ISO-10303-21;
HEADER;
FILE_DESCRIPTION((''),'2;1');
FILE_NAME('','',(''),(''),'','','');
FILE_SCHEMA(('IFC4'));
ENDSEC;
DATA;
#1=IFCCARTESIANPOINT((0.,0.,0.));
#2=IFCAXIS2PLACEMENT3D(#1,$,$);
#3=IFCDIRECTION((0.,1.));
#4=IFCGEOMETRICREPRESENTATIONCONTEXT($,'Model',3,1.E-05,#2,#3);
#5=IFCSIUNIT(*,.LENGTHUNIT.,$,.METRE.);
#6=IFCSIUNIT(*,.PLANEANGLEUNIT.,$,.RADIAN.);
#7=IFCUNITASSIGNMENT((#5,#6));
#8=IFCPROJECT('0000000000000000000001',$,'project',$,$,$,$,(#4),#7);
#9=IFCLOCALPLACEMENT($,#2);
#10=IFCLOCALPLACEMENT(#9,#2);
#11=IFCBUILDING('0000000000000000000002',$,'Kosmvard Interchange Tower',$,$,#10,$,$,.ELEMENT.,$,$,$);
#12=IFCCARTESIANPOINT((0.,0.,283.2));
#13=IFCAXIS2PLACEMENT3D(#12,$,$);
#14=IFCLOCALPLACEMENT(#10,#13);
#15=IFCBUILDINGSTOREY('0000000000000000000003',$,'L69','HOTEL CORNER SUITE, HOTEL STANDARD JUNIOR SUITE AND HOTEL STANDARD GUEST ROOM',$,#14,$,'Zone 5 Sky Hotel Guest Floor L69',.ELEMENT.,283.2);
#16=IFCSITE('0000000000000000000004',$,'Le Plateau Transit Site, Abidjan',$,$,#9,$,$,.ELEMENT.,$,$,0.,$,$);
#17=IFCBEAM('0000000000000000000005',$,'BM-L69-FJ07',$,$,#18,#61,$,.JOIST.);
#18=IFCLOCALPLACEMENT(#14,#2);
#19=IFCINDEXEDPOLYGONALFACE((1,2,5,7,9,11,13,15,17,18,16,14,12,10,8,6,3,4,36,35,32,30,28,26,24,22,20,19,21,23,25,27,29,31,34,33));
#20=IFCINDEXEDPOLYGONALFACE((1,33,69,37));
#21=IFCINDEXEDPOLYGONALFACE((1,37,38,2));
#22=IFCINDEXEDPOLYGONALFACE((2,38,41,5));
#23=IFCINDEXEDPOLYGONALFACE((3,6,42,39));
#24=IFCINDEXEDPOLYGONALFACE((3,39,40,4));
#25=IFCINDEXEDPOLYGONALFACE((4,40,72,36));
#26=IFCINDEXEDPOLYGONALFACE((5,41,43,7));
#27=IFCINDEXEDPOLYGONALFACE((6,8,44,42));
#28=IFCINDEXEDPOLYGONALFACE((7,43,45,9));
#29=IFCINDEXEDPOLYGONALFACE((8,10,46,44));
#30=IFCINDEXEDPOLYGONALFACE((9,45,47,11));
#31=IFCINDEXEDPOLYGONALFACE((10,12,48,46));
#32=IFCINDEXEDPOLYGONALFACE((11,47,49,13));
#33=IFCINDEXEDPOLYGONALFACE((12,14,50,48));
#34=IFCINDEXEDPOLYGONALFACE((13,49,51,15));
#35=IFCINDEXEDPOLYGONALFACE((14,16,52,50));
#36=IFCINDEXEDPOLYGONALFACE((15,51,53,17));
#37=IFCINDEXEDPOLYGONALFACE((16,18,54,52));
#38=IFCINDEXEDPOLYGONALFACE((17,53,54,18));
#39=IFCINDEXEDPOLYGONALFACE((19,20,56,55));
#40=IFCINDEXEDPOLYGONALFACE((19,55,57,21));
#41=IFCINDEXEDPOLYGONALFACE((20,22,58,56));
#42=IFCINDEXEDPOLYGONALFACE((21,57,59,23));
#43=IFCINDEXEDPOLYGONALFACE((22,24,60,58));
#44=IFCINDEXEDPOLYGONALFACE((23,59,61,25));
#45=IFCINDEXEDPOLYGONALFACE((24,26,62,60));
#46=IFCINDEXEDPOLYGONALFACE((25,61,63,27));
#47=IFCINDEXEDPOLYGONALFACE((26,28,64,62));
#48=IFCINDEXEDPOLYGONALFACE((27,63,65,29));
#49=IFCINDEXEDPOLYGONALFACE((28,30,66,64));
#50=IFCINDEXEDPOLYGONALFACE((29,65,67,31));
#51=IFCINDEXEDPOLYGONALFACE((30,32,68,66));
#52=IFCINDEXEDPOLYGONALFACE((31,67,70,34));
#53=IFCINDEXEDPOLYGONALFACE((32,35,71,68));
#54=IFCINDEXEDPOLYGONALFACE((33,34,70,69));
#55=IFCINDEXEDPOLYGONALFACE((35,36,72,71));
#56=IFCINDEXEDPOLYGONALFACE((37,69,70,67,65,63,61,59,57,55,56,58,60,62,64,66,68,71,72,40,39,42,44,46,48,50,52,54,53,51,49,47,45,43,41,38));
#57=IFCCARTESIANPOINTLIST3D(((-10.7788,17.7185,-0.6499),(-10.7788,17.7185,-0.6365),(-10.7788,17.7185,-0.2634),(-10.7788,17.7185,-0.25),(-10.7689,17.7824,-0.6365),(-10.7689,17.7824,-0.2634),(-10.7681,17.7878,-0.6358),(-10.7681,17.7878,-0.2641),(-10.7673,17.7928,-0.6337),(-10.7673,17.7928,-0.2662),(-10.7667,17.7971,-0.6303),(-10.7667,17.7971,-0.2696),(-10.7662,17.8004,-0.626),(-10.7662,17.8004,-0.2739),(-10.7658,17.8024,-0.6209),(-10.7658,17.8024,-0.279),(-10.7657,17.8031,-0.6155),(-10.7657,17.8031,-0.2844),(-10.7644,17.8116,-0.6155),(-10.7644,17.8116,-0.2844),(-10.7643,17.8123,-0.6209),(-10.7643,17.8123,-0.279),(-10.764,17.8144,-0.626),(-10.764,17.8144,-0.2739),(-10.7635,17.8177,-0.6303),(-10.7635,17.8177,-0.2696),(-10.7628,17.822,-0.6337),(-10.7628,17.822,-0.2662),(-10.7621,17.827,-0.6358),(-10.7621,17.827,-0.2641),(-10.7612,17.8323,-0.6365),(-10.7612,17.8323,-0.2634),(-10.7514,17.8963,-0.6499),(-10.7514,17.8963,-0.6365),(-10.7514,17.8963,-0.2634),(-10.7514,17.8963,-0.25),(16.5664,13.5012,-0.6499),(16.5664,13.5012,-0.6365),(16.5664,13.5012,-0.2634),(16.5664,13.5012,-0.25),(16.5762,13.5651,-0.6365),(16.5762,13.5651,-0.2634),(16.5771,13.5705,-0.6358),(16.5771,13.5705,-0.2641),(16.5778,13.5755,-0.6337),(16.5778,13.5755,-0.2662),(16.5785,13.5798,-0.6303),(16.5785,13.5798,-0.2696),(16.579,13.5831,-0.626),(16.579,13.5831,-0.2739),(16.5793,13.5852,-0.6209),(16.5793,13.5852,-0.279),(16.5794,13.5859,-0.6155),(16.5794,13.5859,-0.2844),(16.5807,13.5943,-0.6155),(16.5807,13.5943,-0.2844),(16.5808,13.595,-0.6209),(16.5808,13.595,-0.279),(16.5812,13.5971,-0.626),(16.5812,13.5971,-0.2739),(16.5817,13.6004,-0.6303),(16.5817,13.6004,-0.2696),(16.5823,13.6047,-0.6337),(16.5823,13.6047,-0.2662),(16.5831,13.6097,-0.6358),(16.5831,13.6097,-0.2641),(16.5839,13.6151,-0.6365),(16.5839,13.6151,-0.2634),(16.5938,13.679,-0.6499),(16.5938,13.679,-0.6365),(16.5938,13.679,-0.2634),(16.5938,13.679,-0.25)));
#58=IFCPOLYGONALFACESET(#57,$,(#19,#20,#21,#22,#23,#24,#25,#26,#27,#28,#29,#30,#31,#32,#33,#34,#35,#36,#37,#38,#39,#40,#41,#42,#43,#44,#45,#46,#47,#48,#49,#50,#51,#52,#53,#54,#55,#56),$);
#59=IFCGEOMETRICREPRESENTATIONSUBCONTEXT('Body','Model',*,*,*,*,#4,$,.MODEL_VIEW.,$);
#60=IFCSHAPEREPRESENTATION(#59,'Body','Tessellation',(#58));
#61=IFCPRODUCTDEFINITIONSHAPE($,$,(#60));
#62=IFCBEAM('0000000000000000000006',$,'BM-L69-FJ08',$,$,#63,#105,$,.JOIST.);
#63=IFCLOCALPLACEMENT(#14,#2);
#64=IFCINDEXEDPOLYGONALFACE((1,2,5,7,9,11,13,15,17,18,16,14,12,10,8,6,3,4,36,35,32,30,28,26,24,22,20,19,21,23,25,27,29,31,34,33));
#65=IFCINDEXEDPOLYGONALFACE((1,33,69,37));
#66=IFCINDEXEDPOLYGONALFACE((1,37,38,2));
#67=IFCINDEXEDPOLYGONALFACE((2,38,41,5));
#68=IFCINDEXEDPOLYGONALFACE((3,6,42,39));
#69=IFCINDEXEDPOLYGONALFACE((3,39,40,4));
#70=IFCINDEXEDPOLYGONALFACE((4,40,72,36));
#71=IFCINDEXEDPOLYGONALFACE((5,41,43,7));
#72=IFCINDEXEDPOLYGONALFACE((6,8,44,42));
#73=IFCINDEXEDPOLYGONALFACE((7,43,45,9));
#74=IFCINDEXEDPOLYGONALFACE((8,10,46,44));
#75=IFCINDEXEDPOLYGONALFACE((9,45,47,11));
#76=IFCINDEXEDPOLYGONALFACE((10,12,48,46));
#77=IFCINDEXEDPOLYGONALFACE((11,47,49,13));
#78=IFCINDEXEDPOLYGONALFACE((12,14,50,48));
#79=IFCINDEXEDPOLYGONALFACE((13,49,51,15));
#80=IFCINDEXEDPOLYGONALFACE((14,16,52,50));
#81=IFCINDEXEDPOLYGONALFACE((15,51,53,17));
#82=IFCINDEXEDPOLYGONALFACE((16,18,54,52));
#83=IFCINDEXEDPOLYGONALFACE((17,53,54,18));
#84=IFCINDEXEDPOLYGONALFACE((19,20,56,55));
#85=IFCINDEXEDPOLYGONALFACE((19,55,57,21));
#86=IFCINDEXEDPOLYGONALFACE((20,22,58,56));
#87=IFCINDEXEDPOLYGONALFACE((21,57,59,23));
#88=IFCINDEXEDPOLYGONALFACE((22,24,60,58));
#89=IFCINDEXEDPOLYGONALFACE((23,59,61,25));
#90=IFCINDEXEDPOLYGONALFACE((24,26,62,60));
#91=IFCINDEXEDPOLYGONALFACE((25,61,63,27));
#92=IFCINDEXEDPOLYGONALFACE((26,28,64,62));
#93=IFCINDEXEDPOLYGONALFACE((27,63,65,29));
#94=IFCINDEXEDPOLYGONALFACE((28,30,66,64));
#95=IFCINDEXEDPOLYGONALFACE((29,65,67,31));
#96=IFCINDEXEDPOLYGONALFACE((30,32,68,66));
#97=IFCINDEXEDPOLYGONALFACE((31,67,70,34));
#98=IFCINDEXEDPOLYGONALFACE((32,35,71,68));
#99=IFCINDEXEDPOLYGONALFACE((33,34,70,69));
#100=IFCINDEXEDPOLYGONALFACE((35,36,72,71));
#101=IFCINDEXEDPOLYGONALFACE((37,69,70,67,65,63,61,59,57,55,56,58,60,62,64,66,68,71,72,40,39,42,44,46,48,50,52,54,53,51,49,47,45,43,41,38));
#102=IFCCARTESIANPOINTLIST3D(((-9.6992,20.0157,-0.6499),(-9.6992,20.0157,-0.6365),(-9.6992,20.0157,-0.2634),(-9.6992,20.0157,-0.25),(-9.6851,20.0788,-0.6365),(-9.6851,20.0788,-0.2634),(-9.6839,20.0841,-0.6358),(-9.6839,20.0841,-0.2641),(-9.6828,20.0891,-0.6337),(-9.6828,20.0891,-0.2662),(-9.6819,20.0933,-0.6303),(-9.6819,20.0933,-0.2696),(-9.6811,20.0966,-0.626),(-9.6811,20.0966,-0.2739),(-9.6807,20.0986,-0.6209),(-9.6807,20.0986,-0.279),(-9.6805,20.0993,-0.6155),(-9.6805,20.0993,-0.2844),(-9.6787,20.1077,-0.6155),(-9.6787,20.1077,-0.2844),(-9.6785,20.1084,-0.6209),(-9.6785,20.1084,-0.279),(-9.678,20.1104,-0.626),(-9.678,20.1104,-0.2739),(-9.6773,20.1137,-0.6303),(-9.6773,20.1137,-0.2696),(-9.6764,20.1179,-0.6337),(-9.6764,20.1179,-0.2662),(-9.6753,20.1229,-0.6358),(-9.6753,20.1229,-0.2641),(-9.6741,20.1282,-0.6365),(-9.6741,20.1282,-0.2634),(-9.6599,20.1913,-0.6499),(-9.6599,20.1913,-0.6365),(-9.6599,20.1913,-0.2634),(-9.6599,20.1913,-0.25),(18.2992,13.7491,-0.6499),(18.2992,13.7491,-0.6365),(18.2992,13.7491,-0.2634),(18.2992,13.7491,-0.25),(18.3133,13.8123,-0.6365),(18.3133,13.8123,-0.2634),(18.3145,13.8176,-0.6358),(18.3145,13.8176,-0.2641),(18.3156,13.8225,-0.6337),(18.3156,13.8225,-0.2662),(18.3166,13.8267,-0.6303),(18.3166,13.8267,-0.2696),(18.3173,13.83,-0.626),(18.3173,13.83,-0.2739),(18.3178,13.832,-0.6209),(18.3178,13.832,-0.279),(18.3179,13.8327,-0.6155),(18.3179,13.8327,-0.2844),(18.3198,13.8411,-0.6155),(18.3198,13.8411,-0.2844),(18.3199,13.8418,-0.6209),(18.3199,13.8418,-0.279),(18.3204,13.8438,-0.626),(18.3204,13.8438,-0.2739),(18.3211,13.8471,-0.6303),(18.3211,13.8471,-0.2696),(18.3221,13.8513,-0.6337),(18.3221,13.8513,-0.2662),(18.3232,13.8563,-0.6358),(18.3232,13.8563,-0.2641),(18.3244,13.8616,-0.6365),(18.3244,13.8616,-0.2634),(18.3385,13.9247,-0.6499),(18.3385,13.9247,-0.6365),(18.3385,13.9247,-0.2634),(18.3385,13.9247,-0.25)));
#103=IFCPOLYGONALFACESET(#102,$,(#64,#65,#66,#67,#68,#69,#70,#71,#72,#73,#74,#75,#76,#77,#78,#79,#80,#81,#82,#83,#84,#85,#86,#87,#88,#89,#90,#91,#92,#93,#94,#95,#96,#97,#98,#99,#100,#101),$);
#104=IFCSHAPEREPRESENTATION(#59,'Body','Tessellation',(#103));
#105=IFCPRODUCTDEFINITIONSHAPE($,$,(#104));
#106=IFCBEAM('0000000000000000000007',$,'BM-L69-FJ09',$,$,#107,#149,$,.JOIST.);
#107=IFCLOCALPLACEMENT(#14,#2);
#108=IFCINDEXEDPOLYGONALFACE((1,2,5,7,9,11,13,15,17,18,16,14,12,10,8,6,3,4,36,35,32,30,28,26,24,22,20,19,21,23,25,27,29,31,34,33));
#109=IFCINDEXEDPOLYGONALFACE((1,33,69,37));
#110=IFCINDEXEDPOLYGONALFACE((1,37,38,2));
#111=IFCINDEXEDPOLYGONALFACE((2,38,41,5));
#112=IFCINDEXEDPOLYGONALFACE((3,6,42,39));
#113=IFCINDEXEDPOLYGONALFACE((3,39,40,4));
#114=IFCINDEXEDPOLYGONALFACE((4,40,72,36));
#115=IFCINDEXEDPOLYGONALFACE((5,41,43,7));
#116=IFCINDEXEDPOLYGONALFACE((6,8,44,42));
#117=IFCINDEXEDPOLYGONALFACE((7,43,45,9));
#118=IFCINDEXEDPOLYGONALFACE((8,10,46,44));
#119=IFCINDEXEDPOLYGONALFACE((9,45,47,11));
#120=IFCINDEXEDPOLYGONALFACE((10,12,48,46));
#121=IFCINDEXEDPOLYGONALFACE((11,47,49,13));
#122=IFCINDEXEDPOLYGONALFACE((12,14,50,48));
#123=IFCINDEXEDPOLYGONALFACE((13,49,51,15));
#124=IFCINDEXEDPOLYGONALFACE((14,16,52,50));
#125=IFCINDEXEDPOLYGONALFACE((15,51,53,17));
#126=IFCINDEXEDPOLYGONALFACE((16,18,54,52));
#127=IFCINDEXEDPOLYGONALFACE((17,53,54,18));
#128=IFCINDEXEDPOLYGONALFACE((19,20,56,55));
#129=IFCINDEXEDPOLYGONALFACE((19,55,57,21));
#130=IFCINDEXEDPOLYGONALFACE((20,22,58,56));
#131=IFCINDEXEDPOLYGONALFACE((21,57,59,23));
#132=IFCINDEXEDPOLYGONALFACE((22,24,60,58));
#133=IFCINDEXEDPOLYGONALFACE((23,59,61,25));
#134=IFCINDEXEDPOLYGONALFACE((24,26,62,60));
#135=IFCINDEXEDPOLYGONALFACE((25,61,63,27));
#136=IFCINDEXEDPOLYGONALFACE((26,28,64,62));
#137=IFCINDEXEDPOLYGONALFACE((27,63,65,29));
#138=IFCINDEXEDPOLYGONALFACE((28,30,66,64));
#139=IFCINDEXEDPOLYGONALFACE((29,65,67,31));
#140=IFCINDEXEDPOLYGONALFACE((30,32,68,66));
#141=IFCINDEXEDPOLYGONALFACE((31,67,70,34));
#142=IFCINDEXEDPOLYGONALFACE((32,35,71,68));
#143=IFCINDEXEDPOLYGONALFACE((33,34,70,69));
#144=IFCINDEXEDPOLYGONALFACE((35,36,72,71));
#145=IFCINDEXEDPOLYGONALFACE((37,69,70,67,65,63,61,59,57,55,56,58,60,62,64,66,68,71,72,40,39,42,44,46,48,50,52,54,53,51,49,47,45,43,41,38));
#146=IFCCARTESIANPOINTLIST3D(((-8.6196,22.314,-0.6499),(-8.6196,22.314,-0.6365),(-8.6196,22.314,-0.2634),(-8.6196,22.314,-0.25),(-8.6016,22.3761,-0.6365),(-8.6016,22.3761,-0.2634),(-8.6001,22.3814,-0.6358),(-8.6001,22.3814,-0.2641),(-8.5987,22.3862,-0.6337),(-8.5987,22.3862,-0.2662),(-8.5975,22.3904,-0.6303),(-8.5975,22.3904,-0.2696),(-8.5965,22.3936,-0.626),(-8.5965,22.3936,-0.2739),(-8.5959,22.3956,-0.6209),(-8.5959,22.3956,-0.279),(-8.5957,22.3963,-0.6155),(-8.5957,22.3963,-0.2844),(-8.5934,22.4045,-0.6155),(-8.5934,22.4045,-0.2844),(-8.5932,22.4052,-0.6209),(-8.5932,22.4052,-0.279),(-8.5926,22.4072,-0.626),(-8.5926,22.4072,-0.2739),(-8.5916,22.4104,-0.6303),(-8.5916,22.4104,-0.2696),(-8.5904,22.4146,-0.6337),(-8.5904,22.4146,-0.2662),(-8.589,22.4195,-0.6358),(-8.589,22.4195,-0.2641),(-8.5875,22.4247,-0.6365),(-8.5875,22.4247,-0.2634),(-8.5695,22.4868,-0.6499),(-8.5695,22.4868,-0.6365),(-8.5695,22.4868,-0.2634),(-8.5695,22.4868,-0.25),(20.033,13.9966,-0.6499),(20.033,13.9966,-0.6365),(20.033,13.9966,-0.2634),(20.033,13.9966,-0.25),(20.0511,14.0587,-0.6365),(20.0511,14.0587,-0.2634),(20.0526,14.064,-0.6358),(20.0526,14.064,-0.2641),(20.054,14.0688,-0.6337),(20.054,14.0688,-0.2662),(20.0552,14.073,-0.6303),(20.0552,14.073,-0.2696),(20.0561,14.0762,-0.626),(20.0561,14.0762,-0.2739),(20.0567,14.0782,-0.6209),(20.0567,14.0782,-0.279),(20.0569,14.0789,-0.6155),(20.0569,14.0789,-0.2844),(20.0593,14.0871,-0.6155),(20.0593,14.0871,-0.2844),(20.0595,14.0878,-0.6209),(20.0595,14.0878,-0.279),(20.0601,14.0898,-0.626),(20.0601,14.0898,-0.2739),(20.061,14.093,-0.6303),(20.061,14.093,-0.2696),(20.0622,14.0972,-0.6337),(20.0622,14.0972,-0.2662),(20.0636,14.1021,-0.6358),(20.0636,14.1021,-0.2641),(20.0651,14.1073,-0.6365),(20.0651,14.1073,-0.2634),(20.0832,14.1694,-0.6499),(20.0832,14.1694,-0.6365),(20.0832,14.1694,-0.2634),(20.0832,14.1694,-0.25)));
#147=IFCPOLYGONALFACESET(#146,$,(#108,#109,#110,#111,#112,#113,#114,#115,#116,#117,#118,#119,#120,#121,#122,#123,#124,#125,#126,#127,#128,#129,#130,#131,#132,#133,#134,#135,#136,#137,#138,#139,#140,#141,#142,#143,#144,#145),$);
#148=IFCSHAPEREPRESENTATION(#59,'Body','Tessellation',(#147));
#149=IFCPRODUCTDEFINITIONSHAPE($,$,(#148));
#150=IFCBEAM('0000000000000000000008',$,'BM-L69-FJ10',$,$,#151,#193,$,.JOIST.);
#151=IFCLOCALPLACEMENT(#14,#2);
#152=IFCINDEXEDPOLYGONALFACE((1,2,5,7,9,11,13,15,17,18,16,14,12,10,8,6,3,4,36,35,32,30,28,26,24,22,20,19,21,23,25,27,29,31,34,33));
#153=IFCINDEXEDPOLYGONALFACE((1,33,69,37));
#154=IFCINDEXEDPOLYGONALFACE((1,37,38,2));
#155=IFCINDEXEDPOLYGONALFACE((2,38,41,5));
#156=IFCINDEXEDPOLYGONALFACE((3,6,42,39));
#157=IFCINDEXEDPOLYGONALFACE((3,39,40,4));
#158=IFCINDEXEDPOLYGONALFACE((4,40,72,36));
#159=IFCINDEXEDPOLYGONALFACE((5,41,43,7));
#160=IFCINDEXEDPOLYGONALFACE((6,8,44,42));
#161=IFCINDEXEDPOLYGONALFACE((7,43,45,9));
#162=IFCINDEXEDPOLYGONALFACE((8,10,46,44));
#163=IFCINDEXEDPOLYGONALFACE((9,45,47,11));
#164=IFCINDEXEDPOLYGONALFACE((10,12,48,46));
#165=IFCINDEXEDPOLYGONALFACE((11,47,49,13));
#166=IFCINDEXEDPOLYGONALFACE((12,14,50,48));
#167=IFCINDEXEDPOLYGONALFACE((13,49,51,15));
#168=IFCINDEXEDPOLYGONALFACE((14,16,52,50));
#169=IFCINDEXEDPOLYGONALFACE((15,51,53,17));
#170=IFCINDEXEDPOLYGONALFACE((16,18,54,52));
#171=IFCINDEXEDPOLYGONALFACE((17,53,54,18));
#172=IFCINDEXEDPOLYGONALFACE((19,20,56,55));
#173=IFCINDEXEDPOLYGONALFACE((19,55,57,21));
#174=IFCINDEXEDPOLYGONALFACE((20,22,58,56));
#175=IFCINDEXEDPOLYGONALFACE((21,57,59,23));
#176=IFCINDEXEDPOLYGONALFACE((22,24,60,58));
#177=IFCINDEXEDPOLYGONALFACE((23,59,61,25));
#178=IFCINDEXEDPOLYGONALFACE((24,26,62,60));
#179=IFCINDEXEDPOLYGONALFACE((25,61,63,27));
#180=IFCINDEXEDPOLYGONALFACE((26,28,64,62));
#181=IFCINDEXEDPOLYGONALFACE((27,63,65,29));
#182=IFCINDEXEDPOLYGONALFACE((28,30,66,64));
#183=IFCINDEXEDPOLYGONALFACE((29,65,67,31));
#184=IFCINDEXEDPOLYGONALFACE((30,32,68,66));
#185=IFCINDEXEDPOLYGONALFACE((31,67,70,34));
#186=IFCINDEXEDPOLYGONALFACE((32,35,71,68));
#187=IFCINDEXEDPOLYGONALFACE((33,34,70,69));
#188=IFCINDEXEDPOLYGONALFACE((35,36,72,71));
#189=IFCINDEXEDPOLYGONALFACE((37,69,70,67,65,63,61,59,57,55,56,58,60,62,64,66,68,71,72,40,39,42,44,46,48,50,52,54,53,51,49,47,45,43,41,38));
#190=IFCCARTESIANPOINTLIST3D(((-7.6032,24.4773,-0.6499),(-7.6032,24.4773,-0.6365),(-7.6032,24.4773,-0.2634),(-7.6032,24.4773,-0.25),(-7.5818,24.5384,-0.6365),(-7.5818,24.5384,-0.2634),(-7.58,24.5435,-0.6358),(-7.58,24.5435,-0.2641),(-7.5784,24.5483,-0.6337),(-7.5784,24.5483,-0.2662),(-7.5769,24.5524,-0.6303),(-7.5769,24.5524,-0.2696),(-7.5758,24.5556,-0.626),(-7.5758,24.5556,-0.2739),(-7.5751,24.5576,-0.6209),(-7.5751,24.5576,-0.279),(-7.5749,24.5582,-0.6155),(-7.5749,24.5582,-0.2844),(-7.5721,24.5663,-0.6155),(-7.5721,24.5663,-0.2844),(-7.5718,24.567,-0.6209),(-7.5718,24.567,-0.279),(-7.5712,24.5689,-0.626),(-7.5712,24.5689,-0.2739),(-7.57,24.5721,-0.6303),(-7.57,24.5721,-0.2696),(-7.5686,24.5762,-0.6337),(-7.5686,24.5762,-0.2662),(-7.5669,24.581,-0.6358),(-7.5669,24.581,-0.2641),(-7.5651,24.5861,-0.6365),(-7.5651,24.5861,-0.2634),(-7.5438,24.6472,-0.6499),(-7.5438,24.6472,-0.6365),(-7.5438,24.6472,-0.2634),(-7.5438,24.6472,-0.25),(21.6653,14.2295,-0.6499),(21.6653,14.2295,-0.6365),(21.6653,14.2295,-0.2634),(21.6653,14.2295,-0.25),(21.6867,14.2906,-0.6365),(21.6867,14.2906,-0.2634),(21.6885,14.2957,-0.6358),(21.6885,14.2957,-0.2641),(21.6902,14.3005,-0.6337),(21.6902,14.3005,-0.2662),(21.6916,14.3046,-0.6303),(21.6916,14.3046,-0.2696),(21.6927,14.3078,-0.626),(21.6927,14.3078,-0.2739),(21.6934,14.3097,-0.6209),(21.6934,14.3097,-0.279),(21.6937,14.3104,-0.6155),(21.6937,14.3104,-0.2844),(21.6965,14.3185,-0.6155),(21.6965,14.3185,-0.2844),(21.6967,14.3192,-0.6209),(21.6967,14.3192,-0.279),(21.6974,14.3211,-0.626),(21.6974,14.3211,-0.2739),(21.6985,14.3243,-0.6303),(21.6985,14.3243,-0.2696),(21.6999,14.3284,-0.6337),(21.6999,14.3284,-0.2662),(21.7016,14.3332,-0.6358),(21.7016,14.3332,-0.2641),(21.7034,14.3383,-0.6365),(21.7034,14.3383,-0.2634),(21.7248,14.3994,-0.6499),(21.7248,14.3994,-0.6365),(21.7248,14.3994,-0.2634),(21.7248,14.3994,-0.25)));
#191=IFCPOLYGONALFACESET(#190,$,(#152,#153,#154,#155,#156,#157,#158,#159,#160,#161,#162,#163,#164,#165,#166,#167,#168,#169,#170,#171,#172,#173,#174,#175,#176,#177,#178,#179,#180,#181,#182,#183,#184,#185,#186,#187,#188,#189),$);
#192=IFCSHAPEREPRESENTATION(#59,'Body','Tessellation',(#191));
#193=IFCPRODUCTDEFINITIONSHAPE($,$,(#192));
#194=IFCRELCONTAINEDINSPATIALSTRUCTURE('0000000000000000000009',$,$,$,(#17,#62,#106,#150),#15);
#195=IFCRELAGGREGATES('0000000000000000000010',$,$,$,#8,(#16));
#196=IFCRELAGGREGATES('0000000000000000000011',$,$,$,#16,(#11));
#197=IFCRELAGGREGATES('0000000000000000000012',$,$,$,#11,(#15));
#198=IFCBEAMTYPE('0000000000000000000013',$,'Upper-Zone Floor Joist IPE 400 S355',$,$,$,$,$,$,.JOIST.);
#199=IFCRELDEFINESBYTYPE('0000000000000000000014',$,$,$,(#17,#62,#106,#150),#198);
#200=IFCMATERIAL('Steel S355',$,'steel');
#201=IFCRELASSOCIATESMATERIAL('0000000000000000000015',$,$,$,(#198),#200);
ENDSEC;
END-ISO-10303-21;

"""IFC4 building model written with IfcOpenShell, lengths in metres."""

from ifc_helpers import new_model, si_unit, direction, frame, origin, origin_2d, place, context, subcontext, project, spatial, i_section, extrude, source, transform, mapped, material, material_profile, profile_set, type_object, element, save


model = new_model("IFC4")

# Units and contexts
model_context = context("Model", 3, precision=1e-05, world=origin(), true_north=direction((0.0, 1.0)))
body_context = subcontext(model_context, "Body", "Model", "MODEL_VIEW")
ifc_project = project(units=[si_unit("LENGTHUNIT", "METRE"), si_unit("PLANEANGLEUNIT", "RADIAN")], contexts=[model_context])

# Site, building, storey
site_placement = place(None, origin())
site = spatial("IfcSite", under=ifc_project, at=site_placement, Name="Le Plateau Transit Site, Abidjan", CompositionType="ELEMENT", RefElevation=0.0)
building_placement = place(site_placement, origin())
building = spatial("IfcBuilding", under=site, at=building_placement, Name="Kosmvard Interchange Tower", CompositionType="ELEMENT")
storey_placement = place(building_placement, frame((0.0, 0.0, 283.2)))
storey = spatial("IfcBuildingStorey", under=building, at=storey_placement, Name="L69", Description="HOTEL CORNER SUITE, HOTEL STANDARD JUNIOR SUITE AND HOTEL STANDARD GUEST ROOM", LongName="Zone 5 Sky Hotel Guest Floor L69", CompositionType="ELEMENT", Elevation=283.2)

# Beams
ifc_material_1 = material(Name="Steel S355", Category="steel")
ifc_material_profile_1 = material_profile(ifc_material_1, i_section(OverallWidth=0.1799, OverallDepth=0.3999, WebThickness=0.0085, FlangeThickness=0.0134, FilletRadius=0.021, at=origin_2d()), Name="IPE 400")
ifc_profile_set_1 = profile_set([ifc_material_profile_1], Name="Steel S355")
beam_type_1 = type_object("IfcBeamType", Name="Upper-Zone Floor Joist IPE 400 S355", PredefinedType="JOIST", material=ifc_profile_set_1)
shared_shape_1 = source(origin(), body_context, "Body", "SweptSolid", [
    extrude(i_section(OverallWidth=0.1799, OverallDepth=0.3999, WebThickness=0.0085, FlangeThickness=0.0134, FilletRadius=0.021, at=origin_2d()), origin(), (0.0, 0.0, 1.0), 27.6685),
])
beam_1_placement = place(storey_placement, frame((16.5801, 13.5901, -0.45), z_axis=(-0.988316, 0.152422, 0.0), x_axis=(-0.152422, -0.988316, 0.0)))
element("IfcBeam", 1, at=beam_1_placement, inside=storey, type_object=beam_type_1, Name="BM-L69-FJ07", PredefinedType="JOIST", context=body_context, shape_type="MappedRepresentation", body=[
    mapped(shared_shape_1, transform((0.0, 0.0, 0.0), scale=1.0)),
])
shared_shape_2 = source(origin(), body_context, "Body", "SweptSolid", [
    extrude(i_section(OverallWidth=0.1799, OverallDepth=0.3999, WebThickness=0.0085, FlangeThickness=0.0134, FilletRadius=0.021, at=origin_2d()), origin(), (0.0, 0.0, 1.0), 28.6912),
])
beam_2_placement = place(storey_placement, frame((18.3188, 13.8369, -0.45), z_axis=(-0.975856, 0.218415, 0.0), x_axis=(-0.218415, -0.975856, 0.0)))
element("IfcBeam", 2, at=beam_2_placement, inside=storey, type_object=beam_type_1, Name="BM-L69-FJ08", PredefinedType="JOIST", context=body_context, shape_type="MappedRepresentation", body=[
    mapped(shared_shape_2, transform((0.0, 0.0, 0.0), scale=1.0)),
])
shared_shape_3 = source(origin(), body_context, "Body", "SweptSolid", [
    extrude(i_section(OverallWidth=0.1799, OverallDepth=0.3999, WebThickness=0.0085, FlangeThickness=0.0134, FilletRadius=0.021, at=origin_2d()), origin(), (0.0, 0.0, 1.0), 29.8354),
])
beam_3_placement = place(storey_placement, frame((20.0581, 14.083, -0.45), z_axis=(-0.960356, 0.278776, 0.0), x_axis=(-0.278776, -0.960356, 0.0)))
element("IfcBeam", 3, at=beam_3_placement, inside=storey, type_object=beam_type_1, Name="BM-L69-FJ09", PredefinedType="JOIST", context=body_context, shape_type="MappedRepresentation", body=[
    mapped(shared_shape_3, transform((0.0, 0.0, 0.0), scale=1.0)),
])
shared_shape_4 = source(origin(), body_context, "Body", "SweptSolid", [
    extrude(i_section(OverallWidth=0.1799, OverallDepth=0.3999, WebThickness=0.0085, FlangeThickness=0.0134, FilletRadius=0.021, at=origin_2d()), origin(), (0.0, 0.0, 1.0), 31.0107),
])
beam_4_placement = place(storey_placement, frame((21.6951, 14.3145, -0.45), z_axis=(-0.94382, 0.33046, 0.0), x_axis=(-0.33046, -0.94382, 0.0)))
element("IfcBeam", 4, at=beam_4_placement, inside=storey, type_object=beam_type_1, Name="BM-L69-FJ10", PredefinedType="JOIST", context=body_context, shape_type="MappedRepresentation", body=[
    mapped(shared_shape_4, transform((0.0, 0.0, 0.0), scale=1.0)),
])

save(model, "model.ifc")
